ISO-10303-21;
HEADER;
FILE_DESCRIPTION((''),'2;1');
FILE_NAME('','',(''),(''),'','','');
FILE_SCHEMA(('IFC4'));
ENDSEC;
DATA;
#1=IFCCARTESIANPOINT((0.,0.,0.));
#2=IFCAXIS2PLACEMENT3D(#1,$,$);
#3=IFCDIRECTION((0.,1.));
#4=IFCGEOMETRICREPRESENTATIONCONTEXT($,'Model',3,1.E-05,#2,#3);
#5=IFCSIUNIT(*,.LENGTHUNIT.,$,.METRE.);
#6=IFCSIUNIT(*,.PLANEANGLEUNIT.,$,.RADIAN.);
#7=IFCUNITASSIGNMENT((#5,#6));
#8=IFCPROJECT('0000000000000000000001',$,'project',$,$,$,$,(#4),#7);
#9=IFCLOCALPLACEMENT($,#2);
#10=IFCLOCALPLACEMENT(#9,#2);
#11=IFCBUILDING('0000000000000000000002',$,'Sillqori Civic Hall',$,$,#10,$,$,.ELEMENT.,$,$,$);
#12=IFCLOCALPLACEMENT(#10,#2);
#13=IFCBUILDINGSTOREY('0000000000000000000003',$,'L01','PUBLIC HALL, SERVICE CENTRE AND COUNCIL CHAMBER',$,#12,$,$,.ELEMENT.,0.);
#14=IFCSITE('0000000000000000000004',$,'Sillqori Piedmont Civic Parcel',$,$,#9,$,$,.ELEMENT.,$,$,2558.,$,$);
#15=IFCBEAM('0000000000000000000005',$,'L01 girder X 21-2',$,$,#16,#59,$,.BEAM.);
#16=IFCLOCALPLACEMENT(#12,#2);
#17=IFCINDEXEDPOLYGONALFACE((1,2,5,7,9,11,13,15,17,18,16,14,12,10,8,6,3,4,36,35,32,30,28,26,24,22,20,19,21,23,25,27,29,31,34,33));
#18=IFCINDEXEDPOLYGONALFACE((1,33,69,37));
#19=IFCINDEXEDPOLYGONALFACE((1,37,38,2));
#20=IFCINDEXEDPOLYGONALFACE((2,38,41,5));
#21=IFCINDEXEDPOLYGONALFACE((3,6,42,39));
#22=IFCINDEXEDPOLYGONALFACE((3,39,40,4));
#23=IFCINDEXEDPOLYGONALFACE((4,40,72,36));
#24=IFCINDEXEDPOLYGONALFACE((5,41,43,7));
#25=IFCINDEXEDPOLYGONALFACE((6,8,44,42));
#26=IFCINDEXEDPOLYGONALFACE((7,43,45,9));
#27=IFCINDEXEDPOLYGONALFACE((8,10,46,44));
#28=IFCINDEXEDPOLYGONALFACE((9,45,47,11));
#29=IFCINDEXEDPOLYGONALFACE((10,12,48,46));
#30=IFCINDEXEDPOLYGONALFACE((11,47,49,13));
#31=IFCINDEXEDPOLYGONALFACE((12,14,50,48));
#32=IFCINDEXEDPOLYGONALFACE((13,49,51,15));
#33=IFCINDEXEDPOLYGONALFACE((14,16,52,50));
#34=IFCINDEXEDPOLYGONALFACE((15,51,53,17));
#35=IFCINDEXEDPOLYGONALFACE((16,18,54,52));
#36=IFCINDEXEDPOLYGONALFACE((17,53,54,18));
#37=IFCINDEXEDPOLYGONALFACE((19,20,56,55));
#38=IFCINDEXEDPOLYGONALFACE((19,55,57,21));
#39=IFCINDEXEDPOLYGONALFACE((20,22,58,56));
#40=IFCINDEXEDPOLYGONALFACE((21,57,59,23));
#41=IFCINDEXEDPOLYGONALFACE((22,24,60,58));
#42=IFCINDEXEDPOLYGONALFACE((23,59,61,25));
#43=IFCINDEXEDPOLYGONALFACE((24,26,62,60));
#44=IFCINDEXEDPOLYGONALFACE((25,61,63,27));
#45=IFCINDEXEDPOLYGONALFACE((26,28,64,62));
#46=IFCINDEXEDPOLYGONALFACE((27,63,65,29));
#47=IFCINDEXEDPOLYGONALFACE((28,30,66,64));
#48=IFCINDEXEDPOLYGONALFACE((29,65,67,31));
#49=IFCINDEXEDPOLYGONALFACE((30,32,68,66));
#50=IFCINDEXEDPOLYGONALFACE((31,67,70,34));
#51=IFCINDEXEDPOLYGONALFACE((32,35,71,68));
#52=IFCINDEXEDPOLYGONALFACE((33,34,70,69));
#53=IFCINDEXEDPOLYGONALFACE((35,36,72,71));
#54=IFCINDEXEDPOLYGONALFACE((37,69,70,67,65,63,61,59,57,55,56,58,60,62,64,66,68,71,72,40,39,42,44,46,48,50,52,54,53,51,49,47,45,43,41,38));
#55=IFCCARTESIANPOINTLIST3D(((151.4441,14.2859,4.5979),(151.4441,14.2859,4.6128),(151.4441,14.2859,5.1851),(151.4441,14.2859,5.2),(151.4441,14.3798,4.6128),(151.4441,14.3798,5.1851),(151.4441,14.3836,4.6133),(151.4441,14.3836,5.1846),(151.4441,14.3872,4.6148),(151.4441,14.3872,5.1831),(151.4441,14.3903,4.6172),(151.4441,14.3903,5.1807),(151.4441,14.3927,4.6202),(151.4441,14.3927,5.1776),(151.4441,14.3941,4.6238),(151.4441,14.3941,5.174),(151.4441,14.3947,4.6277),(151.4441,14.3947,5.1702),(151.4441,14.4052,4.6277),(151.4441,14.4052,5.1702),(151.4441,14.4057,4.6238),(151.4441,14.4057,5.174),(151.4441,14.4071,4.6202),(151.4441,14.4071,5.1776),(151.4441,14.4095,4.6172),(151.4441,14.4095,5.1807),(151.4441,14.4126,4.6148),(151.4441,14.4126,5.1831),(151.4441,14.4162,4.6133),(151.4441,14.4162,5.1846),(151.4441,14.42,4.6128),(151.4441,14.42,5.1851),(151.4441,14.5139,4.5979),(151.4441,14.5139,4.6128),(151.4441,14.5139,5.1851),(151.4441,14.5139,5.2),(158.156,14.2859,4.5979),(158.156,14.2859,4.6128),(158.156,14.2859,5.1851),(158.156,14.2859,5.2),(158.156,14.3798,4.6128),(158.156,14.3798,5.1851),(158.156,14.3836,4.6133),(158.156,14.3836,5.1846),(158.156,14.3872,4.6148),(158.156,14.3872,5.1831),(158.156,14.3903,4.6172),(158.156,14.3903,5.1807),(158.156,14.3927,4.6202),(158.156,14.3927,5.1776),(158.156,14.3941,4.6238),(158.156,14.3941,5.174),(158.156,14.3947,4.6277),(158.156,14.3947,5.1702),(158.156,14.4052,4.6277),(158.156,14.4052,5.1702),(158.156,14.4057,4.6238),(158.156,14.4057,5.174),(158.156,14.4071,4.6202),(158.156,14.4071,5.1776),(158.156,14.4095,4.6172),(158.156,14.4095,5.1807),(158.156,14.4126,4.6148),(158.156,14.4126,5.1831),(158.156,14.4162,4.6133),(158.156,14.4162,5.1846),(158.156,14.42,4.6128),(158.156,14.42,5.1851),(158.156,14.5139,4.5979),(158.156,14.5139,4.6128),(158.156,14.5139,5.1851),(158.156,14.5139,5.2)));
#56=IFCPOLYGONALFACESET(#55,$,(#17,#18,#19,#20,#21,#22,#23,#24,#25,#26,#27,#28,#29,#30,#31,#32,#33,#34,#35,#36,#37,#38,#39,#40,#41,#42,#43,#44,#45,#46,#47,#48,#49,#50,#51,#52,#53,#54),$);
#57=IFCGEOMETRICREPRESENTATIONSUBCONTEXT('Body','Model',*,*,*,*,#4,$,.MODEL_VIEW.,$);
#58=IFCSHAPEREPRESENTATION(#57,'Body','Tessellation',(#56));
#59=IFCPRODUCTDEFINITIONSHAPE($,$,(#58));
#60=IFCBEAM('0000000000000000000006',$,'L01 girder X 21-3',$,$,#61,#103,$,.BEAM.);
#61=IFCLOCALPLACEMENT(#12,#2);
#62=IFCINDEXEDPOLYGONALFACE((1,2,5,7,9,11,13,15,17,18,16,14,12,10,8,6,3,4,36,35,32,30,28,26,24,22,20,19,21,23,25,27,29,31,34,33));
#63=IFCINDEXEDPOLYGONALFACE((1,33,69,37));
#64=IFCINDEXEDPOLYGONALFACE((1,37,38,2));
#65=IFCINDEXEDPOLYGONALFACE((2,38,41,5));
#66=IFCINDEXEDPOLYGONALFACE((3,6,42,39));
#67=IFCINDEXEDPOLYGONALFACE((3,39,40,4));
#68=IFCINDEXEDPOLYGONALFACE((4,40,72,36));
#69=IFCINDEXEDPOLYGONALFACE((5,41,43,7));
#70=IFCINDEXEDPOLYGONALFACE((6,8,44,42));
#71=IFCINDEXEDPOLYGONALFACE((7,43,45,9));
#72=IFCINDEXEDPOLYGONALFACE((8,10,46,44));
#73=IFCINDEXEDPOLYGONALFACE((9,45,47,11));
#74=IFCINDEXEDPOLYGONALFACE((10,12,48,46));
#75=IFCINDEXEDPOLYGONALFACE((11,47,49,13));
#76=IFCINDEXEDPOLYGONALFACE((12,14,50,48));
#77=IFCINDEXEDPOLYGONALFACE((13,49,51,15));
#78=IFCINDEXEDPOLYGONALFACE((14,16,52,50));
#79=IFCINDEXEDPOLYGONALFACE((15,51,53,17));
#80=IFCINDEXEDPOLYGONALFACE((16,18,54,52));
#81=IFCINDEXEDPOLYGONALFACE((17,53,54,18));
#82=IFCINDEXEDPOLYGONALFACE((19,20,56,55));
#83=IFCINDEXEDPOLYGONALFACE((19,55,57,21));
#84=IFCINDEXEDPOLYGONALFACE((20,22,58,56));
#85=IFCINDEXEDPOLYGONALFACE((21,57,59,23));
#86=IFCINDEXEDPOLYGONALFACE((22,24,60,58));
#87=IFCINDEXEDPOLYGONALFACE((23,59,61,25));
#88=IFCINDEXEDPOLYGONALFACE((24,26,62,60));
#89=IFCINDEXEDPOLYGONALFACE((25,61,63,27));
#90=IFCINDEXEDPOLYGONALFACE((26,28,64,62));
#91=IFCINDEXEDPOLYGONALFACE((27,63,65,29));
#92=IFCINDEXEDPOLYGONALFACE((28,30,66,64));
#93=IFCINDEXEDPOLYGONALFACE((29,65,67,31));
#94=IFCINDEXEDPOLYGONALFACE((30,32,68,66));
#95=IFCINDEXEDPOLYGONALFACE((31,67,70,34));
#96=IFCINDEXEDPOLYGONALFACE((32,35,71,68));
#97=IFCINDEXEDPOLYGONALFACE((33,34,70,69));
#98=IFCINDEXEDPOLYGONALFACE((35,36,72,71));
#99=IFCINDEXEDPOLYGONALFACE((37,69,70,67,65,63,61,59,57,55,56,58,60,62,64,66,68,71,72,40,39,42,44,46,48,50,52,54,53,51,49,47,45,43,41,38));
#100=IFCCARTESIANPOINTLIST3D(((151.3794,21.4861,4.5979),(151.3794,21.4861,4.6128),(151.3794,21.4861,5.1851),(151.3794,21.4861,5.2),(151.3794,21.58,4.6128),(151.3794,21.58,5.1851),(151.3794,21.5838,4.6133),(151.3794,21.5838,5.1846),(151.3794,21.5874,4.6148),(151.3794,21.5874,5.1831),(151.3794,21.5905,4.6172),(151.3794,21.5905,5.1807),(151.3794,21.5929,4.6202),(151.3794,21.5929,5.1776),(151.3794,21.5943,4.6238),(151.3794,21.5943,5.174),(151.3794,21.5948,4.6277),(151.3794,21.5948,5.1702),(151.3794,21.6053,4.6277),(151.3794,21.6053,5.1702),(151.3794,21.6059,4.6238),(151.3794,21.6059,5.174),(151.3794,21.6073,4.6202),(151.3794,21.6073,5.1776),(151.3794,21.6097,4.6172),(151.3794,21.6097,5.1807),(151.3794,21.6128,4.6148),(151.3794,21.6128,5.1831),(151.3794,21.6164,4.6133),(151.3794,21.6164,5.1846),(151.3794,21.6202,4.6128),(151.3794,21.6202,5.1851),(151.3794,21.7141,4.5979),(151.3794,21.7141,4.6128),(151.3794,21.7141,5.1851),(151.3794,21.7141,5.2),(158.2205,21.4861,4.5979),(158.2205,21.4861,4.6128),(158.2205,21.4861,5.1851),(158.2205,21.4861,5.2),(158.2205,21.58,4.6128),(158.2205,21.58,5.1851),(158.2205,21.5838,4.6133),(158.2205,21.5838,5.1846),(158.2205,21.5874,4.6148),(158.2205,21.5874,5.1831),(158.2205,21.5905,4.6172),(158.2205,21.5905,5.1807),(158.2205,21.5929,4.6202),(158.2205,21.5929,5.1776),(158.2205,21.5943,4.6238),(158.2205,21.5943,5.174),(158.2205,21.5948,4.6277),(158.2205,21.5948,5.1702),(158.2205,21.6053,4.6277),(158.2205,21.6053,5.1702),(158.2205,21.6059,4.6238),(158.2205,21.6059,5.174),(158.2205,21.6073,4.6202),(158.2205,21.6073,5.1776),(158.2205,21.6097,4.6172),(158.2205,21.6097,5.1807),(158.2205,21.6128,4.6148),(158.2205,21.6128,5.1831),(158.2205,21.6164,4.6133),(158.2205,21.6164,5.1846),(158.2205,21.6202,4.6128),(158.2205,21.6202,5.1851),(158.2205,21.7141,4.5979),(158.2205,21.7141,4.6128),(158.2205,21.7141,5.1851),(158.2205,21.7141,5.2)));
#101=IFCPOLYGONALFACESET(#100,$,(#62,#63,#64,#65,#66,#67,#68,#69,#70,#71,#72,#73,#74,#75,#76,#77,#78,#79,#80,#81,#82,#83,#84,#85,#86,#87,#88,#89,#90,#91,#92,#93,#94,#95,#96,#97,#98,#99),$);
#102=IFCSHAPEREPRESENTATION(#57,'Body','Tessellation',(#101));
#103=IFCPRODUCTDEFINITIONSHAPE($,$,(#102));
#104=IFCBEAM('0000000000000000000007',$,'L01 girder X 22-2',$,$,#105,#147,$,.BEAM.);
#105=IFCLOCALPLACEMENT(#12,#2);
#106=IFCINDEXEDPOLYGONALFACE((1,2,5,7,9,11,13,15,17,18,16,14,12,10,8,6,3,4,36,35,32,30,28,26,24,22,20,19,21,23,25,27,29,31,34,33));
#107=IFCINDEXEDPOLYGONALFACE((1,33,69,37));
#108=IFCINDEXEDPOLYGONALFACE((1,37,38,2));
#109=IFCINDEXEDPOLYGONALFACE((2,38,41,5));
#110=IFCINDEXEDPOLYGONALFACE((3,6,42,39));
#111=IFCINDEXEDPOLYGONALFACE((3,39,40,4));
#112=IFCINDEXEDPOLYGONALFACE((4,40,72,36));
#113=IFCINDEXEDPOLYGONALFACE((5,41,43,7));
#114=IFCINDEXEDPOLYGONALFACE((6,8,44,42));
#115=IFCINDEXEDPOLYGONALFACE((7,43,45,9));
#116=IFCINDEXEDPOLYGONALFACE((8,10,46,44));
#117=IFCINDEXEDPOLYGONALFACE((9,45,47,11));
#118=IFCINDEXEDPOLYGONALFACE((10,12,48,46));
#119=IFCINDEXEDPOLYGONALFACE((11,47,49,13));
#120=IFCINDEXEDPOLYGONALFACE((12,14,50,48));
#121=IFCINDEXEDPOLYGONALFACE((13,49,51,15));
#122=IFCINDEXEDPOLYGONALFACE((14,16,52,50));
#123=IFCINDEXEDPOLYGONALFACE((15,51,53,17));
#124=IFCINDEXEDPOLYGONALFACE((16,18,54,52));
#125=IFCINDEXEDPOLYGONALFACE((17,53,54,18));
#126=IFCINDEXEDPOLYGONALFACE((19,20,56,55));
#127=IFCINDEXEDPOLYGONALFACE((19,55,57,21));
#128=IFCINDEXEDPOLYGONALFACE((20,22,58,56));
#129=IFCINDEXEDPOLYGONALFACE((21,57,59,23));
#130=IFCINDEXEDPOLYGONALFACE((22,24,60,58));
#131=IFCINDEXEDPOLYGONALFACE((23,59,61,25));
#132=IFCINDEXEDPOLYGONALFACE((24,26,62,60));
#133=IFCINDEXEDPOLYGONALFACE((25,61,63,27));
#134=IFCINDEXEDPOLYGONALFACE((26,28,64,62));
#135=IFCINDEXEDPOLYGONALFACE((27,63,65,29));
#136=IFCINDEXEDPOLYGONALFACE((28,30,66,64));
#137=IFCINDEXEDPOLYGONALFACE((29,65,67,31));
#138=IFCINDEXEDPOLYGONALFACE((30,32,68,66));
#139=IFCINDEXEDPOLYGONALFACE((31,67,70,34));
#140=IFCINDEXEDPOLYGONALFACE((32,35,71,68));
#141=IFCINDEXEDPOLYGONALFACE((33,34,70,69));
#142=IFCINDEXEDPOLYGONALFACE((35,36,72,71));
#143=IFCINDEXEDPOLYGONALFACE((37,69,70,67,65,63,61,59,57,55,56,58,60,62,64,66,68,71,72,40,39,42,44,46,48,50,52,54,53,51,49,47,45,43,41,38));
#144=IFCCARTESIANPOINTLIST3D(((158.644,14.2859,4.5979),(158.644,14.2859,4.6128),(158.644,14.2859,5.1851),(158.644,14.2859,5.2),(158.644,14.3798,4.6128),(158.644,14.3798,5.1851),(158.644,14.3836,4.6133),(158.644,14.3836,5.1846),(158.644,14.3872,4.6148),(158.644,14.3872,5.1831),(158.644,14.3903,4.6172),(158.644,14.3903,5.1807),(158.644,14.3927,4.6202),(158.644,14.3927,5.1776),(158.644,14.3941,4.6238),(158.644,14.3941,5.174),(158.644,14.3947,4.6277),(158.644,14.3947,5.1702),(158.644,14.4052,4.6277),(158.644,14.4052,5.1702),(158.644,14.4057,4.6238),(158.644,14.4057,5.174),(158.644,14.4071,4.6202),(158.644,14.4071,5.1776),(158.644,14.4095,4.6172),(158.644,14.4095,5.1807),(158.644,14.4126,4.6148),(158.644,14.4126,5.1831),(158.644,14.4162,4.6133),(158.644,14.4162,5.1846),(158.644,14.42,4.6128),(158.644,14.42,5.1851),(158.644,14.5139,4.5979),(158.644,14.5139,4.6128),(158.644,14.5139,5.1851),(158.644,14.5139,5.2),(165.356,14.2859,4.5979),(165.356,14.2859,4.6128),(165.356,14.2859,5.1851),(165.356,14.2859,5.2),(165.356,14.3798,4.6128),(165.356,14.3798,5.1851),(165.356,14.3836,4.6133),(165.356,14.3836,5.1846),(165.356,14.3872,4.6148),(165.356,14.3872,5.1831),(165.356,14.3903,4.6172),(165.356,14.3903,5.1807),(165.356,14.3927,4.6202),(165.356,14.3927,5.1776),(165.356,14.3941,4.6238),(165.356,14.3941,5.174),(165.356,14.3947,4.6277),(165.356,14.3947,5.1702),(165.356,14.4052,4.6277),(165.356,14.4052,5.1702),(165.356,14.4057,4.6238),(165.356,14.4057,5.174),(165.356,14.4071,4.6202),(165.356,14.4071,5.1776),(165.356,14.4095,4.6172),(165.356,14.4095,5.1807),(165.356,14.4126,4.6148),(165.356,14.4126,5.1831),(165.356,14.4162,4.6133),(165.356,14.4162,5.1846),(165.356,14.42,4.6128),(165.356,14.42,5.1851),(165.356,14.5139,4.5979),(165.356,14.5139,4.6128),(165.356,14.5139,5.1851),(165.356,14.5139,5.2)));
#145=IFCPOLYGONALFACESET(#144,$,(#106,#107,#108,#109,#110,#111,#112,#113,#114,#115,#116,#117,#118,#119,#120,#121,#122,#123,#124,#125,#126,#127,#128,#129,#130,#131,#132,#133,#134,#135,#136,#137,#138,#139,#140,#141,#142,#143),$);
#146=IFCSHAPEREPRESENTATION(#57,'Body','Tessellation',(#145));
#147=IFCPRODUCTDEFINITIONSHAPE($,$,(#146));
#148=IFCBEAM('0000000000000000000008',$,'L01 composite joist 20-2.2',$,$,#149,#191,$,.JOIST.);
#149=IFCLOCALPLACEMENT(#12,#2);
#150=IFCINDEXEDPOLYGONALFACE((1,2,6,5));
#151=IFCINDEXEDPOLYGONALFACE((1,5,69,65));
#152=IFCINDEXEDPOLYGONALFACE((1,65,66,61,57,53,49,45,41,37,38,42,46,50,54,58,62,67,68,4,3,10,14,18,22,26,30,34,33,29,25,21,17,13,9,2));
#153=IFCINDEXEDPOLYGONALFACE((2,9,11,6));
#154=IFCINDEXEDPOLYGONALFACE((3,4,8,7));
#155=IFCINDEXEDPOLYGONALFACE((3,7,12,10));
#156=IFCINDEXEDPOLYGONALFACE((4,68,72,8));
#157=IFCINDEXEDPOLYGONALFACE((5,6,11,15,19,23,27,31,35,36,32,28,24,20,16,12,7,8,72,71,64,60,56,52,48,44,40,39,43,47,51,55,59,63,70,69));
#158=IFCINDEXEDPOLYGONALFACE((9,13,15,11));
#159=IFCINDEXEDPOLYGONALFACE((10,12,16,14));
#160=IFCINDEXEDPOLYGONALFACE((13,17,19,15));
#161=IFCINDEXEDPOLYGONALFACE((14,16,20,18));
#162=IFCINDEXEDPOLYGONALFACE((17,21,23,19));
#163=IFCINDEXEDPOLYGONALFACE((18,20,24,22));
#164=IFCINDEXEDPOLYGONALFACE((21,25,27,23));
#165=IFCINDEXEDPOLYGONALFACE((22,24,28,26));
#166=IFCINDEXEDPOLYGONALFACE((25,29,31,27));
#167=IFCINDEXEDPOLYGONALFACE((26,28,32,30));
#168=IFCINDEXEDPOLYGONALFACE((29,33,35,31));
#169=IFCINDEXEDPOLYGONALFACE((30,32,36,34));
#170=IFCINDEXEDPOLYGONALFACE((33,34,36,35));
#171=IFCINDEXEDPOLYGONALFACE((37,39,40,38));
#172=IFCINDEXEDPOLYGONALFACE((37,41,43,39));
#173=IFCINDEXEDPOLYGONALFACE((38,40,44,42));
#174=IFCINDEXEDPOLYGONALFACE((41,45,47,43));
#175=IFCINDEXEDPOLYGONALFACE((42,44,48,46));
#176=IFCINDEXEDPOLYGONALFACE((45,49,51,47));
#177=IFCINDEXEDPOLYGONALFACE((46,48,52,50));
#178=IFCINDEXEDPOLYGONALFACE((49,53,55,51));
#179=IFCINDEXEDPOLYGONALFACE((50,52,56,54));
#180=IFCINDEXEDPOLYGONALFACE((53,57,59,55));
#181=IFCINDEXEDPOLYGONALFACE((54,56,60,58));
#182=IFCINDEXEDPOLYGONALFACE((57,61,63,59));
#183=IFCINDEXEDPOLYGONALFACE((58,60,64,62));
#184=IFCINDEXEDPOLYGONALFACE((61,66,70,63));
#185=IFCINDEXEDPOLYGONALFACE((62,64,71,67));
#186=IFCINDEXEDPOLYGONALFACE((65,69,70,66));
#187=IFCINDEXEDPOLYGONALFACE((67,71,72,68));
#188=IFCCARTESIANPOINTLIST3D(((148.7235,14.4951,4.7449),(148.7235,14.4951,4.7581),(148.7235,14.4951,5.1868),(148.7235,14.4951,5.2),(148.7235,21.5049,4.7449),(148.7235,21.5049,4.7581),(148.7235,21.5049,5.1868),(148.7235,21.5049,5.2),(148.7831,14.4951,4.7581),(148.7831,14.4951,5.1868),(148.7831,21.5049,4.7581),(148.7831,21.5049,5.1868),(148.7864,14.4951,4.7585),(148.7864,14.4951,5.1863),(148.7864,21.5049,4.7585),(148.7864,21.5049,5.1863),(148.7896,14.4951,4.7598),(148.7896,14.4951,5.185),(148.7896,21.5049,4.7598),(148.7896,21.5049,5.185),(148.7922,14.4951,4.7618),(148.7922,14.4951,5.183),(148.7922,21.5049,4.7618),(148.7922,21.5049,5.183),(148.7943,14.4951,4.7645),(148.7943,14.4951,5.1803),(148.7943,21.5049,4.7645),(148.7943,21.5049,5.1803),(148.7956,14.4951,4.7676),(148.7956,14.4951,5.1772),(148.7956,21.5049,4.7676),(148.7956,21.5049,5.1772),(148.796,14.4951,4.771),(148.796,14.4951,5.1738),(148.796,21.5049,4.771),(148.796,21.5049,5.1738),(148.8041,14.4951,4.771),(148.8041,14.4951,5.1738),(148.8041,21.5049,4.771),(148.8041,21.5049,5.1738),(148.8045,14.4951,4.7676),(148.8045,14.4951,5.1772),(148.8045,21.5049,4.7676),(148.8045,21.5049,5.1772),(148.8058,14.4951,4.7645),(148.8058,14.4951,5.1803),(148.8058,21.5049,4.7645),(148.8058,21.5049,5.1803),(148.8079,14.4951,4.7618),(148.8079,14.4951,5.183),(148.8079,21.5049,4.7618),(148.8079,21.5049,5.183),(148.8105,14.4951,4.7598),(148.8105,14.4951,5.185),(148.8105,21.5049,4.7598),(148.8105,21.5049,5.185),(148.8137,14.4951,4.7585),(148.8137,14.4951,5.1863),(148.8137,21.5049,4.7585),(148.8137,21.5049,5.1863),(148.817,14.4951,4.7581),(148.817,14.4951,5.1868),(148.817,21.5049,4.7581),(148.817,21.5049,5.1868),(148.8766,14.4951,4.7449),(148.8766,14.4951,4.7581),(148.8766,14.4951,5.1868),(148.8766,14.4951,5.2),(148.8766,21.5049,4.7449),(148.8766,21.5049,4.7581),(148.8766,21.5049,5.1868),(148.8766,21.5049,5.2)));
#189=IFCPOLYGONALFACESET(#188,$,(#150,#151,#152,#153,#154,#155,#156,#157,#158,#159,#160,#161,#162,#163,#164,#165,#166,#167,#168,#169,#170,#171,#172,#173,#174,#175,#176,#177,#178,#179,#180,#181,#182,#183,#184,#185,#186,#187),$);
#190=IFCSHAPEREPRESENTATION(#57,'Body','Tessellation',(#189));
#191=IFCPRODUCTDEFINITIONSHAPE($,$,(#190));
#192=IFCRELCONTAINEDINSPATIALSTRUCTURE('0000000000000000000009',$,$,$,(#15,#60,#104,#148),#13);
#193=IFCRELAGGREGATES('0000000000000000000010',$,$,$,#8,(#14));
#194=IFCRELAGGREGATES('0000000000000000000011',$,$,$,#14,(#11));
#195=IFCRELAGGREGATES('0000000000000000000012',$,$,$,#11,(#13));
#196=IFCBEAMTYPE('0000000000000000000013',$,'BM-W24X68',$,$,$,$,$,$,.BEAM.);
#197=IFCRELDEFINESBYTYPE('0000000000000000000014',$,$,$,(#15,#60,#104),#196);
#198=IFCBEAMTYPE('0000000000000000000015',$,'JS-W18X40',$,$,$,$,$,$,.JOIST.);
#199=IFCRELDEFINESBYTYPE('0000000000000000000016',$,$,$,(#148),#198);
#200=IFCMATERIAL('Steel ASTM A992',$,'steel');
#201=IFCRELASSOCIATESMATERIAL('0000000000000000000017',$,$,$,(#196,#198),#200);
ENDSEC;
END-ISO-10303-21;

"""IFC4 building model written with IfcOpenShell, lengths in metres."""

from ifc_helpers import new_model, si_unit, direction, frame, origin, origin_2d, place, context, subcontext, project, spatial, i_section, extrude, material, material_profile, profile_set, type_object, element, save


model = new_model("IFC4")

# Units and contexts
model_context = context("Model", 3, precision=1e-05, world=origin(), true_north=direction((0.0, 1.0)))
body_context = subcontext(model_context, "Body", "Model", "MODEL_VIEW")
ifc_project = project(units=[si_unit("LENGTHUNIT", "METRE"), si_unit("PLANEANGLEUNIT", "RADIAN")], contexts=[model_context])

# Site, building, storey
site_placement = place(None, origin())
site = spatial("IfcSite", under=ifc_project, at=site_placement, Name="Sillqori Piedmont Civic Parcel", CompositionType="ELEMENT", RefElevation=2558.0)
building_placement = place(site_placement, origin())
building = spatial("IfcBuilding", under=site, at=building_placement, Name="Sillqori Civic Hall", CompositionType="ELEMENT")
storey_placement = place(building_placement, origin())
storey = spatial("IfcBuildingStorey", under=building, at=storey_placement, Name="L01", Description="PUBLIC HALL, SERVICE CENTRE AND COUNCIL CHAMBER", CompositionType="ELEMENT", Elevation=0.0)

# Shared definitions
ifc_material_1 = material(Name="Steel ASTM A992", Category="steel")

# Beams
ifc_material_profile_1 = material_profile(ifc_material_1, i_section(OverallWidth=0.228, OverallDepth=0.6021, WebThickness=0.0105, FlangeThickness=0.0149, FilletRadius=0.0149, at=origin_2d()), Name="W24X68")
ifc_profile_set_1 = profile_set([ifc_material_profile_1], Name="Steel ASTM A992")
beam_type_1 = type_object("IfcBeamType", Name="BM-W24X68", PredefinedType="BEAM", material=ifc_profile_set_1)
beam_1_placement = place(storey_placement, frame((151.4441, 14.3999, 4.8989), z_axis=(1.0, 0.0, 0.0), x_axis=(0.0, 1.0, 0.0)))
element("IfcBeam", 1, at=beam_1_placement, inside=storey, type_object=beam_type_1, Name="L01 girder X 21-2", PredefinedType="BEAM", context=body_context, shape_type="SweptSolid", body=[
    extrude(i_section(OverallWidth=0.228, OverallDepth=0.6021, WebThickness=0.0105, FlangeThickness=0.0149, FilletRadius=0.0149, at=origin_2d()), origin(), (0.0, 0.0, 1.0), 6.7119),
])
beam_2_placement = place(storey_placement, frame((151.3794, 21.6001, 4.8989), z_axis=(1.0, 0.0, 0.0), x_axis=(0.0, 1.0, 0.0)))
element("IfcBeam", 2, at=beam_2_placement, inside=storey, type_object=beam_type_1, Name="L01 girder X 21-3", PredefinedType="BEAM", context=body_context, shape_type="SweptSolid", body=[
    extrude(i_section(OverallWidth=0.228, OverallDepth=0.6021, WebThickness=0.0105, FlangeThickness=0.0149, FilletRadius=0.0149, at=origin_2d()), origin(), (0.0, 0.0, 1.0), 6.8411),
])
beam_3_placement = place(storey_placement, frame((158.644, 14.3999, 4.8989), z_axis=(1.0, 0.0, 0.0), x_axis=(0.0, 1.0, 0.0)))
element("IfcBeam", 3, at=beam_3_placement, inside=storey, type_object=beam_type_1, Name="L01 girder X 22-2", PredefinedType="BEAM", context=body_context, shape_type="SweptSolid", body=[
    extrude(i_section(OverallWidth=0.228, OverallDepth=0.6021, WebThickness=0.0105, FlangeThickness=0.0149, FilletRadius=0.0149, at=origin_2d()), origin(), (0.0, 0.0, 1.0), 6.7119),
])
ifc_material_profile_2 = material_profile(ifc_material_1, i_section(OverallWidth=0.1531, OverallDepth=0.4551, WebThickness=0.0081, FlangeThickness=0.0132, FilletRadius=0.0129, at=origin_2d()), Name="W18X40")
ifc_profile_set_2 = profile_set([ifc_material_profile_2], Name="Steel ASTM A992")
beam_type_2 = type_object("IfcBeamType", Name="JS-W18X40", PredefinedType="JOIST", material=ifc_profile_set_2)
for number, where, z_axis, x_axis, name in (
    (4, (148.8, 14.4951, 4.9724), (0.0, 1.0, 0.0), (-1.0, 0.0, 0.0), "L01 composite joist 20-2.2"),
):
    element("IfcBeam", number, at=place(storey_placement, frame(where, z_axis=z_axis, x_axis=x_axis)), inside=storey, type_object=beam_type_2, Name=name, PredefinedType="JOIST", context=body_context, shape_type="SweptSolid", body=[
        extrude(i_section(OverallWidth=0.1531, OverallDepth=0.4551, WebThickness=0.0081, FlangeThickness=0.0132, FilletRadius=0.0129, at=origin_2d()), origin(), (0.0, 0.0, 1.0), 7.0098),
    ])

save(model, "model.ifc")
